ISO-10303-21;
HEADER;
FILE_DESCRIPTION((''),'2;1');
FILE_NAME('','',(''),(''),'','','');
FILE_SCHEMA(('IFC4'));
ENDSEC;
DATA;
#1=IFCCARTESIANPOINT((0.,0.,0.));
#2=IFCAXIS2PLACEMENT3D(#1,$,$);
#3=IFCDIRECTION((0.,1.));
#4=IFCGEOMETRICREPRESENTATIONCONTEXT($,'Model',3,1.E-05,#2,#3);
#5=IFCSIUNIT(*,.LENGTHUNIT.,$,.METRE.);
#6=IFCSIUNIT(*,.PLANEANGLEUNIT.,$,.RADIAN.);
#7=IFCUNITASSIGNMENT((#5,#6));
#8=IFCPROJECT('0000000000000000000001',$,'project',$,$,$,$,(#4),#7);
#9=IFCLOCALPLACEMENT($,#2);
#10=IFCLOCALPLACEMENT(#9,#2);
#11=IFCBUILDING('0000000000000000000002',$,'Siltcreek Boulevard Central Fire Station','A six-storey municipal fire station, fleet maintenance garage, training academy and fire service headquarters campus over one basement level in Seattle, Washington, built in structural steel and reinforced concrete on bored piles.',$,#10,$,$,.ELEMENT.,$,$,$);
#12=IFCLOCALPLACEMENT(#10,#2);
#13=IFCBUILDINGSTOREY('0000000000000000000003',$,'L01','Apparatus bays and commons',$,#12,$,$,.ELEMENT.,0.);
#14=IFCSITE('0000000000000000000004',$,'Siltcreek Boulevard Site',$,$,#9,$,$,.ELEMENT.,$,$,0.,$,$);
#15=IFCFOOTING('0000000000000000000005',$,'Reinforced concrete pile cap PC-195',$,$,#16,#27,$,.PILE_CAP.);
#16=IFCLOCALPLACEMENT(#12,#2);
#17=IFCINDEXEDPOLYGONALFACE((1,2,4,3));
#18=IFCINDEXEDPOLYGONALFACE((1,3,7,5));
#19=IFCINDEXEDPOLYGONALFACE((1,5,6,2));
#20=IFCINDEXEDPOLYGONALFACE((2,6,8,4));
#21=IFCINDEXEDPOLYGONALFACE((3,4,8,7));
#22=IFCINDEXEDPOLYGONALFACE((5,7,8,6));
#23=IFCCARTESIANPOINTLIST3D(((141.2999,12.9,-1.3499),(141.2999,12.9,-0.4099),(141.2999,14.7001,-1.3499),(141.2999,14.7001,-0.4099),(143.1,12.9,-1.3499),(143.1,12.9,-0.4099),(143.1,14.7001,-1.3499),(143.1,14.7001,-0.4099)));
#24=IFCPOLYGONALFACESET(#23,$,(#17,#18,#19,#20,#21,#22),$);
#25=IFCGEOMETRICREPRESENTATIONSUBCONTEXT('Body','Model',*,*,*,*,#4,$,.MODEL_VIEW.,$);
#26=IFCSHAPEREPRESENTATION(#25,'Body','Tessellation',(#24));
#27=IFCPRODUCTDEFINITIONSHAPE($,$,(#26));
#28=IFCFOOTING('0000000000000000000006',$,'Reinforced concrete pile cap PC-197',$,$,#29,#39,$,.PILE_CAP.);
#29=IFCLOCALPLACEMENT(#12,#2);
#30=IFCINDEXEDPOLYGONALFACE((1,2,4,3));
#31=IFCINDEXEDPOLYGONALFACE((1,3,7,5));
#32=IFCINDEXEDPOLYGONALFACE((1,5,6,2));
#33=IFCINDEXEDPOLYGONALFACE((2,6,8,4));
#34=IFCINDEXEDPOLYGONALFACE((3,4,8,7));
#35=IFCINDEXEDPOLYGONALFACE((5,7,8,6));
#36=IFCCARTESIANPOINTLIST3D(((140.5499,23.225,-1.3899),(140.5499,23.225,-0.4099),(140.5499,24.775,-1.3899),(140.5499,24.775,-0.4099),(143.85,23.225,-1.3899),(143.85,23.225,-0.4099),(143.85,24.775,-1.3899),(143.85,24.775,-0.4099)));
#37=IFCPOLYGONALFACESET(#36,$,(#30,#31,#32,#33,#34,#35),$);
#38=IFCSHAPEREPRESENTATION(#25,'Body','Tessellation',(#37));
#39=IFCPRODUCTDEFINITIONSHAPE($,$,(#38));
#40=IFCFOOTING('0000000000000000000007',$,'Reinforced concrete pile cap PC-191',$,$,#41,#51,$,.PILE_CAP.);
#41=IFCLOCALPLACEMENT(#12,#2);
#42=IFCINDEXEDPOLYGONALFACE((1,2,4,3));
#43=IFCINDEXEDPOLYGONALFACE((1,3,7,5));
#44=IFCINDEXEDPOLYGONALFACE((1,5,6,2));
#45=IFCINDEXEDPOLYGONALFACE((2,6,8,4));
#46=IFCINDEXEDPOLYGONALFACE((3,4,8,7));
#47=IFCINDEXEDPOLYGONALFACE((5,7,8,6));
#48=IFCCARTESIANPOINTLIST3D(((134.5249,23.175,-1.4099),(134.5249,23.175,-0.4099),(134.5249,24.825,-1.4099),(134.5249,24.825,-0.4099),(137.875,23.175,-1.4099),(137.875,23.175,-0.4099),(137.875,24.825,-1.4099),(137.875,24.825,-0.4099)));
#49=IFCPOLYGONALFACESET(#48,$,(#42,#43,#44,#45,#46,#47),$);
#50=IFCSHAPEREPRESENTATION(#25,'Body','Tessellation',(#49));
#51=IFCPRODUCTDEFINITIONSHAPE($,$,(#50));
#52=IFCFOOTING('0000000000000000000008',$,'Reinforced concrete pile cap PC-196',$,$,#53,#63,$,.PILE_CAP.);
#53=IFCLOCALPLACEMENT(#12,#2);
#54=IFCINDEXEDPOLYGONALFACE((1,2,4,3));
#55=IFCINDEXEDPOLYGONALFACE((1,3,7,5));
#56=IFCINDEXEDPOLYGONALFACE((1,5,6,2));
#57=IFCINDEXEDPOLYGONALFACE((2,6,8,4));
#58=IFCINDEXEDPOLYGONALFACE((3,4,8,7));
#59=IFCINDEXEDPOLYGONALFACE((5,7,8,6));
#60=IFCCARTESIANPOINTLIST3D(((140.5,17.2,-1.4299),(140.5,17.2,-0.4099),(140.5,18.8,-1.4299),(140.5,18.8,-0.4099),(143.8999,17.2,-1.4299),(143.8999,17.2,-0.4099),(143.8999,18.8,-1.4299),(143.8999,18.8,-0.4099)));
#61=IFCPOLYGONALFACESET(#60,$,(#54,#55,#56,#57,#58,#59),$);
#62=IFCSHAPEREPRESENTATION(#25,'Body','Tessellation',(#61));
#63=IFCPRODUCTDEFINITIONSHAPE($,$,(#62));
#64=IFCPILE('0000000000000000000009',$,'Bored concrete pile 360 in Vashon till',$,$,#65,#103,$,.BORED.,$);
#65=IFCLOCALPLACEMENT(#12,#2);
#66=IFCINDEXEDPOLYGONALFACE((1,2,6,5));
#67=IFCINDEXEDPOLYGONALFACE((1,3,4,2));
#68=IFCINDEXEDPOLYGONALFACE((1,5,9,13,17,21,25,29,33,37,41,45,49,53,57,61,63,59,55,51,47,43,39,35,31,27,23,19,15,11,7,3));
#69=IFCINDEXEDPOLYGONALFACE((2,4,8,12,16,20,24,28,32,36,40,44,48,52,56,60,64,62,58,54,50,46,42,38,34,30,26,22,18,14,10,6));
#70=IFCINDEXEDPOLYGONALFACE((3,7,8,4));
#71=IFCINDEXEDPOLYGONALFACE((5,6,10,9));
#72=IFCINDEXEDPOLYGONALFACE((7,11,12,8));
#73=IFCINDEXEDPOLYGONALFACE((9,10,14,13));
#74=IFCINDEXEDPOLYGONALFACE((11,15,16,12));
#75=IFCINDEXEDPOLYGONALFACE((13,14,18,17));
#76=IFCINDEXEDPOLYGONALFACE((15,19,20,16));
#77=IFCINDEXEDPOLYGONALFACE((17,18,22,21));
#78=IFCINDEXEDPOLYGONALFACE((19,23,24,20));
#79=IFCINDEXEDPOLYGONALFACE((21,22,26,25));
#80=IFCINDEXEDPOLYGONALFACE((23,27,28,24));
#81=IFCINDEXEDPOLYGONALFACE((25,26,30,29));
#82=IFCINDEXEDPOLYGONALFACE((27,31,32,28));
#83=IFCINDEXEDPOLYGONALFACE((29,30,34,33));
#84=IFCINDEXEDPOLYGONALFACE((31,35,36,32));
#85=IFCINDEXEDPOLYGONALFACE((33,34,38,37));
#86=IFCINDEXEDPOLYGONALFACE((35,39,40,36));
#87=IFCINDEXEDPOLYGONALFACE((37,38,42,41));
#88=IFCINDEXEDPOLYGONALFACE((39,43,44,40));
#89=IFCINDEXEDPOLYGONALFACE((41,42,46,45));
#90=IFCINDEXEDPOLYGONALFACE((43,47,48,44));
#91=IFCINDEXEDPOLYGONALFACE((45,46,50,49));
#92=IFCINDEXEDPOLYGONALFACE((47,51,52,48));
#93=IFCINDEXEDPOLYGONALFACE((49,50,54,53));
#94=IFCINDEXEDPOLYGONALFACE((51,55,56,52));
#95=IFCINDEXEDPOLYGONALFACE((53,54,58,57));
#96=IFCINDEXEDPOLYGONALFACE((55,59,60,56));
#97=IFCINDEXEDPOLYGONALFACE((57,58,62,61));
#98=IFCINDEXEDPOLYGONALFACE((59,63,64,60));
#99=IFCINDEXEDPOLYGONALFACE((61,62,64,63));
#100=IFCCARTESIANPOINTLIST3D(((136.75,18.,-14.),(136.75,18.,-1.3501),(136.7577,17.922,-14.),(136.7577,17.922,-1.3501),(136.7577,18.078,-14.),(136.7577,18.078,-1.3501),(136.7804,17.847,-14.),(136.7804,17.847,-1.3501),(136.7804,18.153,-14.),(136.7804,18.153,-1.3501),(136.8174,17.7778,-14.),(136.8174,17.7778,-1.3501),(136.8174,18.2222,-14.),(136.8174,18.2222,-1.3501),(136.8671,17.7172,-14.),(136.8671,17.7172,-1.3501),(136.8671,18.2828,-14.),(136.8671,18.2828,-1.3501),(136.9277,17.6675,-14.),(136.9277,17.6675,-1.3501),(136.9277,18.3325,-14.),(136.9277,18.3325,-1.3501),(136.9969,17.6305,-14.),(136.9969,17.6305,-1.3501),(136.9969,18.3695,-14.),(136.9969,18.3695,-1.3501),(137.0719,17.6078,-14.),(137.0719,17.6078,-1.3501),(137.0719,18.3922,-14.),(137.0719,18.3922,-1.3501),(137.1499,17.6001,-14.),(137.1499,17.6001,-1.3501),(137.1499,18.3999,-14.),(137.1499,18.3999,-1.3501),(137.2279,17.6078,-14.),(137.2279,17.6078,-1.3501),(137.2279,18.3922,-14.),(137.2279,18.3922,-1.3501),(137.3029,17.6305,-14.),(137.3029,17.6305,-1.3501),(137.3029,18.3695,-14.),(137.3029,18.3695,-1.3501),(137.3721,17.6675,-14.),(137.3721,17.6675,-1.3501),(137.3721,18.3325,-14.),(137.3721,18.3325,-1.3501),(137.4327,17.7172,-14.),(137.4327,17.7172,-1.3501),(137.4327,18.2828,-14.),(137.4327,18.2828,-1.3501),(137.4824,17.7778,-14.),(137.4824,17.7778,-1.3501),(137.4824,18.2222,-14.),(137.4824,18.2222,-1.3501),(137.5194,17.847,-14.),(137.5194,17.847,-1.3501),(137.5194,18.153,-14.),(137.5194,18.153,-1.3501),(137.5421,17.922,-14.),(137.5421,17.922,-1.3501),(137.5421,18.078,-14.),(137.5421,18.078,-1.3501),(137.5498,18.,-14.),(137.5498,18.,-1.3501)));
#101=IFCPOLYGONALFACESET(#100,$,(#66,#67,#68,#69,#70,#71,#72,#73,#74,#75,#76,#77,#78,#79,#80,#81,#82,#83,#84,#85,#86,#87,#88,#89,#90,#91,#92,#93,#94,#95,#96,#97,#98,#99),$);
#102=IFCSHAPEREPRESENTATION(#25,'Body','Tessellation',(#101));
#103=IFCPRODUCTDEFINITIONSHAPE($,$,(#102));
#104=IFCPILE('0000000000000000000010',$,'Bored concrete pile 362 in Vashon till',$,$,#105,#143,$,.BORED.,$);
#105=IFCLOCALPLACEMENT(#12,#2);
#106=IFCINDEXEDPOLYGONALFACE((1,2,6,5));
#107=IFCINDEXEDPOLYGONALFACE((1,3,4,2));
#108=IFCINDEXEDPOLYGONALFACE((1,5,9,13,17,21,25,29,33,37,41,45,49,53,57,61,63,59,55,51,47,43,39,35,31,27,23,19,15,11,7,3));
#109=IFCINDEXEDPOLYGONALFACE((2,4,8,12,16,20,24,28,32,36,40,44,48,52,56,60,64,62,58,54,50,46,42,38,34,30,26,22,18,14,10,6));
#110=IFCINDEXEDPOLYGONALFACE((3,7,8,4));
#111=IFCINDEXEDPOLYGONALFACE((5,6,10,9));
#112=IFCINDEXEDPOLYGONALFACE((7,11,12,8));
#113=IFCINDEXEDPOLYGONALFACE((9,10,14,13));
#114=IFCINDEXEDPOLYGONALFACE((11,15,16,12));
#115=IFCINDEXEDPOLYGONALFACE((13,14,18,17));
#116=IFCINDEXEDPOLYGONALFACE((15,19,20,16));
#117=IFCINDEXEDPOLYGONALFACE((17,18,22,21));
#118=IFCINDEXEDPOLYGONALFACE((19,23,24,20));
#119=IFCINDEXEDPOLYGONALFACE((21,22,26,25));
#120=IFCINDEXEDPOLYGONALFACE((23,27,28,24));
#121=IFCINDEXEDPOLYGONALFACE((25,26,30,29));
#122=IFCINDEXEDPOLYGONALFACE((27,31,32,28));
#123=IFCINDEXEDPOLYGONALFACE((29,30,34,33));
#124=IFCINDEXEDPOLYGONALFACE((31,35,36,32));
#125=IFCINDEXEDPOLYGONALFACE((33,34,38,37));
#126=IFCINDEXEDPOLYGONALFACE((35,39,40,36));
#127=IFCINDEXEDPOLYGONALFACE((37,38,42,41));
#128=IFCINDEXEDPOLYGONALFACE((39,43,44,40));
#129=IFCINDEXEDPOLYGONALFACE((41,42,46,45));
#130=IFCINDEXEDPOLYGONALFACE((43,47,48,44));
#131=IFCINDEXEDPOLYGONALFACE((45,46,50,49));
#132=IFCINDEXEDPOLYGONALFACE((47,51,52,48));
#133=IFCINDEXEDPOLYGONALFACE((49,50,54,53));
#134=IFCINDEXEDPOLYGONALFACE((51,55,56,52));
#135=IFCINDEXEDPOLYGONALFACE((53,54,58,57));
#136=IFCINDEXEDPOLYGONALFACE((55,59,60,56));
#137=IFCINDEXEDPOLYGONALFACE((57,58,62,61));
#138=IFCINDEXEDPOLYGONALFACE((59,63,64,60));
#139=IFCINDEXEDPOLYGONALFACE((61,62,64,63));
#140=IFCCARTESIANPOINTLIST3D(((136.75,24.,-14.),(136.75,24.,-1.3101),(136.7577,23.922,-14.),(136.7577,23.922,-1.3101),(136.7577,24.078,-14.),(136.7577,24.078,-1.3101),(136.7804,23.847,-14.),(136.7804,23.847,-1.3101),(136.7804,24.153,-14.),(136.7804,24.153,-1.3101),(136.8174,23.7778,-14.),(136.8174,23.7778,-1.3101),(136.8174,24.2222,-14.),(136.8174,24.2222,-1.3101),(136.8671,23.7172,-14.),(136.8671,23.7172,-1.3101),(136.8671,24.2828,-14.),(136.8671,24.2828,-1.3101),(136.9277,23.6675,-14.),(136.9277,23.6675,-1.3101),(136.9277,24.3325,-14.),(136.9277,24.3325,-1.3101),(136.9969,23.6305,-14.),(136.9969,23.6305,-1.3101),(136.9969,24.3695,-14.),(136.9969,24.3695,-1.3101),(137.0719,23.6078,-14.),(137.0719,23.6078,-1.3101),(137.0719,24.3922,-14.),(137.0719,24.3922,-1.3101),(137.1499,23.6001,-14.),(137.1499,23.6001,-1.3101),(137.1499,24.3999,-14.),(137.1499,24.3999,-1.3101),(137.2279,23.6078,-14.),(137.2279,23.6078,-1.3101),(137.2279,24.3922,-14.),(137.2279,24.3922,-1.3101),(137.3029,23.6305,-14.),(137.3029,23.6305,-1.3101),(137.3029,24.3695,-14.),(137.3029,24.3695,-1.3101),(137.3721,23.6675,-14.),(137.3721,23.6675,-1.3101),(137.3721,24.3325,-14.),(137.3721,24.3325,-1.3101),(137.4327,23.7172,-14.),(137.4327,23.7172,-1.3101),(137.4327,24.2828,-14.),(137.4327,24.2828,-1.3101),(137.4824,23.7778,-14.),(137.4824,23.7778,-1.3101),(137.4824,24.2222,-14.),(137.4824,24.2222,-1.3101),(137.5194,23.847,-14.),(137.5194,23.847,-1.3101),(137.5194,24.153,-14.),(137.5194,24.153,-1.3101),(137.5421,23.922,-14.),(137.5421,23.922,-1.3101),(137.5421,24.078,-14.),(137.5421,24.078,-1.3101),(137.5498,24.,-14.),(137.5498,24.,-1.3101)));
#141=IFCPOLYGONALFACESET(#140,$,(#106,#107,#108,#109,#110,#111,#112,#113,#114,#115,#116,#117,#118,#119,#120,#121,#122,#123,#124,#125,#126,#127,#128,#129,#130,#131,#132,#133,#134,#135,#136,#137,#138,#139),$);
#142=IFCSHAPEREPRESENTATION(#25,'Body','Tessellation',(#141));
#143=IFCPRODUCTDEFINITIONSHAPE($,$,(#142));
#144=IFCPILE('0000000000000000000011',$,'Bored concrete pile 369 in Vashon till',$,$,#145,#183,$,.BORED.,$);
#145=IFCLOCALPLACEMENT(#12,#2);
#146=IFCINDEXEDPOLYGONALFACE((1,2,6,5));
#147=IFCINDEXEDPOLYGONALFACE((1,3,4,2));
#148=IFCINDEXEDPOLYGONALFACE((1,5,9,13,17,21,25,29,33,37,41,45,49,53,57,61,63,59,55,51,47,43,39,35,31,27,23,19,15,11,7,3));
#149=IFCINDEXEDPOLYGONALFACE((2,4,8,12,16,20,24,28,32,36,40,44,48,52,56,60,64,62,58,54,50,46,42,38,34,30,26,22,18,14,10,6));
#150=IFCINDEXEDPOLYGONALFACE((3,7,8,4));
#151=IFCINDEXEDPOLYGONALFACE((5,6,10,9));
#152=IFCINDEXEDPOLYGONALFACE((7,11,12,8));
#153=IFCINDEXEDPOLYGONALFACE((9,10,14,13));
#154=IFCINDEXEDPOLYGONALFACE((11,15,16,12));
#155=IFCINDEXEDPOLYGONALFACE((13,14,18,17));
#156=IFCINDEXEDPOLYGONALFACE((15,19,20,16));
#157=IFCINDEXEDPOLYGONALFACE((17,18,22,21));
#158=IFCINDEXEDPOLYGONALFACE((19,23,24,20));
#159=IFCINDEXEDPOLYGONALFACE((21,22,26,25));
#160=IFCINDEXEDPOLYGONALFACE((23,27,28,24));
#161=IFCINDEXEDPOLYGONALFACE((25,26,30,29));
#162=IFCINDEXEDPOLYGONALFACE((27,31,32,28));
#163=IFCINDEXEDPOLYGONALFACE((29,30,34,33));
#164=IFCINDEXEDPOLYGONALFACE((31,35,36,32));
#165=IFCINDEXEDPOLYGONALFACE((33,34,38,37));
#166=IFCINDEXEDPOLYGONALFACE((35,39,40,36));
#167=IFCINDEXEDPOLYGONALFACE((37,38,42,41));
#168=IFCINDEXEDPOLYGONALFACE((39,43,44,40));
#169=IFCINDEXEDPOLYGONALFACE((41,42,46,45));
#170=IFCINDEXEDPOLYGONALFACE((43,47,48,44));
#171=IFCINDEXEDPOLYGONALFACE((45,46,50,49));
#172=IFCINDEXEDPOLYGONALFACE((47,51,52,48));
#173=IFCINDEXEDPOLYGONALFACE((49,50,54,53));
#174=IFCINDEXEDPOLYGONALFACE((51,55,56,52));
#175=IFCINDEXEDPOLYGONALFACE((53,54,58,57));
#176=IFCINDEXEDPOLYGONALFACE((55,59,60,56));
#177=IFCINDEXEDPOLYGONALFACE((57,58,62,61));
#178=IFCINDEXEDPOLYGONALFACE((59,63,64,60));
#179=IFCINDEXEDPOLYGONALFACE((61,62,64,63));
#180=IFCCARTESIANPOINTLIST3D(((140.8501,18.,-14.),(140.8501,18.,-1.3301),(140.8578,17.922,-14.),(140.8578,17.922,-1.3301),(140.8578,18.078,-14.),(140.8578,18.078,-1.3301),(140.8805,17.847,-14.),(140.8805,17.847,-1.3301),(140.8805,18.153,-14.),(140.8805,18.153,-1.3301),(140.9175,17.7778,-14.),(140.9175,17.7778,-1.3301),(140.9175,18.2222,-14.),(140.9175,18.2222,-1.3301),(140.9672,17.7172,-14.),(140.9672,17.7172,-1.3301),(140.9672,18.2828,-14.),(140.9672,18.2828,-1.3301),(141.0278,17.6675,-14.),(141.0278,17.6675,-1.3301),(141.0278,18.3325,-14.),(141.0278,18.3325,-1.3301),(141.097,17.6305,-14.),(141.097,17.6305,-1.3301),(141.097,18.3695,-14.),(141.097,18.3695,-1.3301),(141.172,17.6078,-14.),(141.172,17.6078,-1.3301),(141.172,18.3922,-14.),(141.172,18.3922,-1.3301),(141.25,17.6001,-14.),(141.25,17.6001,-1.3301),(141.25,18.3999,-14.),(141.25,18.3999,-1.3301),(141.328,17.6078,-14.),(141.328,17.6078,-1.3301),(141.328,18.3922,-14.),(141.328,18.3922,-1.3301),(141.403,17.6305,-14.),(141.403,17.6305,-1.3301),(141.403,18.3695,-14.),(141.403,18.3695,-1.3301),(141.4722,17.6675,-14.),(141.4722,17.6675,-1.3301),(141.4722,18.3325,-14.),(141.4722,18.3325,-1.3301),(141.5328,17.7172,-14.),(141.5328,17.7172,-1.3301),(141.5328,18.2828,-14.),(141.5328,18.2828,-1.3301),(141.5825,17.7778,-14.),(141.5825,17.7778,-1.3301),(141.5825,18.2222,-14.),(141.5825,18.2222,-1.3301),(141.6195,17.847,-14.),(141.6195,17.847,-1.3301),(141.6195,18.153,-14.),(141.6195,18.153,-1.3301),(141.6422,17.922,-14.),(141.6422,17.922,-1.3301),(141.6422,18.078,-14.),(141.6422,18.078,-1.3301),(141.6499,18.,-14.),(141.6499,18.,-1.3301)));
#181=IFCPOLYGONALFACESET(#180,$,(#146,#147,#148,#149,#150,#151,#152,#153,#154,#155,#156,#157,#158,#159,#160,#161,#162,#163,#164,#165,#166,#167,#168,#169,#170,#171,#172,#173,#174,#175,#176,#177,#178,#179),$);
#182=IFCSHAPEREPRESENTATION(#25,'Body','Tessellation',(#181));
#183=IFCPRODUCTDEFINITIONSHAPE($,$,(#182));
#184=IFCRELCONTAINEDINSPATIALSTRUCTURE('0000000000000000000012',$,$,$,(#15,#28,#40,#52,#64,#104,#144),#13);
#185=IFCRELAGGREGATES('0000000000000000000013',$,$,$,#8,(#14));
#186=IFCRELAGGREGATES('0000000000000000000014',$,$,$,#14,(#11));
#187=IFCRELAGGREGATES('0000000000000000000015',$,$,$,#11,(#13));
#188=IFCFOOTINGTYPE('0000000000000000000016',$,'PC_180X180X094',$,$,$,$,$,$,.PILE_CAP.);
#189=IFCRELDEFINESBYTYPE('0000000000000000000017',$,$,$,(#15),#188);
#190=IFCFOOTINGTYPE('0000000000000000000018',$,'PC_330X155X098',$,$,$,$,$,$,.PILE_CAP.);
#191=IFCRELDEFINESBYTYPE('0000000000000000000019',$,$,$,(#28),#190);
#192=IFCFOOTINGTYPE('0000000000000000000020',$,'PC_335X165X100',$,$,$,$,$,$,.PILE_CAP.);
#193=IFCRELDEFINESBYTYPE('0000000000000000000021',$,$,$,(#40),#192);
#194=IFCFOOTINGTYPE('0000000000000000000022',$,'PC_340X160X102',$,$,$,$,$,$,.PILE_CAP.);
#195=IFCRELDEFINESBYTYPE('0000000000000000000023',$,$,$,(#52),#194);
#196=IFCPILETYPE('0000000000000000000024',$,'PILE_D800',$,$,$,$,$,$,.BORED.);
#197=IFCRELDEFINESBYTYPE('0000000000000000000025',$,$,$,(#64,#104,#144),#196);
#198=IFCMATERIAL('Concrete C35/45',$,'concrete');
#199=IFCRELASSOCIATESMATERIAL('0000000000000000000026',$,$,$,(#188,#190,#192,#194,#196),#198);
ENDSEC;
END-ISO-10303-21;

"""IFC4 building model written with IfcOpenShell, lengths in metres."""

from ifc_helpers import new_model, si_unit, direction, frame, origin, origin_2d, place, context, subcontext, project, spatial, rectangle, circle, extrude, material, material_profile, profile_set, type_object, element, save


model = new_model("IFC4")

# Units and contexts
model_context = context("Model", 3, precision=1e-05, world=origin(), true_north=direction((0.0, 1.0)))
body_context = subcontext(model_context, "Body", "Model", "MODEL_VIEW")
ifc_project = project(units=[si_unit("LENGTHUNIT", "METRE"), si_unit("PLANEANGLEUNIT", "RADIAN")], contexts=[model_context])

# Site, building, storey
site_placement = place(None, origin())
site = spatial("IfcSite", under=ifc_project, at=site_placement, Name="Siltcreek Boulevard Site", CompositionType="ELEMENT", RefElevation=0.0)
building_placement = place(site_placement, origin())
building = spatial("IfcBuilding", under=site, at=building_placement, Name="Siltcreek Boulevard Central Fire Station", Description="A six-storey municipal fire station, fleet maintenance garage, training academy and fire service headquarters campus over one basement level in Seattle, Washington, built in structural steel and reinforced concrete on bored piles.", CompositionType="ELEMENT")
storey_placement = place(building_placement, origin())
storey = spatial("IfcBuildingStorey", under=building, at=storey_placement, Name="L01", Description="Apparatus bays and commons", CompositionType="ELEMENT", Elevation=0.0)

# Footings
ifc_material_1 = material(Name="Concrete C35/45", Category="concrete")
footing_type_1 = type_object("IfcFootingType", Name="PC_180X180X094", PredefinedType="PILE_CAP", material=ifc_material_1)
footing_1_placement = place(storey_placement, frame((142.2, 13.8, -1.3499), z_axis=(0.0, 0.0, 1.0), x_axis=(1.0, 0.0, 0.0)))
element("IfcFooting", 1, at=footing_1_placement, inside=storey, type_object=footing_type_1, Name="Reinforced concrete pile cap PC-195", PredefinedType="PILE_CAP", context=body_context, shape_type="SweptSolid", body=[
    extrude(rectangle(XDim=1.8, YDim=1.8, at=origin_2d()), origin(), (0.0, 0.0, 1.0), 0.9399),
])
footing_type_2 = type_object("IfcFootingType", Name="PC_330X155X098", PredefinedType="PILE_CAP", material=ifc_material_1)
footing_2_placement = place(storey_placement, frame((142.2, 24.0, -1.3899), z_axis=(0.0, 0.0, 1.0), x_axis=(1.0, 0.0, 0.0)))
element("IfcFooting", 2, at=footing_2_placement, inside=storey, type_object=footing_type_2, Name="Reinforced concrete pile cap PC-197", PredefinedType="PILE_CAP", context=body_context, shape_type="SweptSolid", body=[
    extrude(rectangle(XDim=3.3, YDim=1.55, at=origin_2d()), origin(), (0.0, 0.0, 1.0), 0.98),
])
footing_type_3 = type_object("IfcFootingType", Name="PC_335X165X100", PredefinedType="PILE_CAP", material=ifc_material_1)
footing_3_placement = place(storey_placement, frame((136.2, 24.0, -1.4099), z_axis=(0.0, 0.0, 1.0), x_axis=(1.0, 0.0, 0.0)))
element("IfcFooting", 3, at=footing_3_placement, inside=storey, type_object=footing_type_3, Name="Reinforced concrete pile cap PC-191", PredefinedType="PILE_CAP", context=body_context, shape_type="SweptSolid", body=[
    extrude(rectangle(XDim=3.3501, YDim=1.6499, at=origin_2d()), origin(), (0.0, 0.0, 1.0), 1.0),
])
footing_type_4 = type_object("IfcFootingType", Name="PC_340X160X102", PredefinedType="PILE_CAP", material=ifc_material_1)
footing_4_placement = place(storey_placement, frame((142.2, 18.0, -1.4299), z_axis=(0.0, 0.0, 1.0), x_axis=(1.0, 0.0, 0.0)))
element("IfcFooting", 4, at=footing_4_placement, inside=storey, type_object=footing_type_4, Name="Reinforced concrete pile cap PC-196", PredefinedType="PILE_CAP", context=body_context, shape_type="SweptSolid", body=[
    extrude(rectangle(XDim=3.3999, YDim=1.6001, at=origin_2d()), origin(), (0.0, 0.0, 1.0), 1.02),
])

# Piles
ifc_material_profile_1 = material_profile(ifc_material_1, circle(Radius=0.3999, at=origin_2d()), Name="SHAFT800")
ifc_profile_set_1 = profile_set([ifc_material_profile_1], Name="Concrete C35/45")
pile_type_1 = type_object("IfcPileType", Name="PILE_D800", PredefinedType="BORED", material=ifc_profile_set_1)
pile_1_placement = place(storey_placement, frame((137.1499, 18.0, -1.3501), z_axis=(0.0, 0.0, -1.0), x_axis=(1.0, 0.0, 0.0)))
element("IfcPile", 5, at=pile_1_placement, inside=storey, type_object=pile_type_1, Name="Bored concrete pile 360 in Vashon till", PredefinedType="BORED", context=body_context, shape_type="SweptSolid", body=[
    extrude(circle(Radius=0.3999, at=origin_2d()), origin(), (0.0, 0.0, 1.0), 12.6499),
])
pile_2_placement = place(storey_placement, frame((137.1499, 24.0, -1.3101), z_axis=(0.0, 0.0, -1.0), x_axis=(1.0, 0.0, 0.0)))
element("IfcPile", 6, at=pile_2_placement, inside=storey, type_object=pile_type_1, Name="Bored concrete pile 362 in Vashon till", PredefinedType="BORED", context=body_context, shape_type="SweptSolid", body=[
    extrude(circle(Radius=0.3999, at=origin_2d()), origin(), (0.0, 0.0, 1.0), 12.6899),
])
for number, where, z_axis, x_axis, name in (
    (7, (141.25, 18.0, -1.3301), (0.0, 0.0, -1.0), (1.0, 0.0, 0.0), "Bored concrete pile 369 in Vashon till"),
):
    element("IfcPile", number, at=place(storey_placement, frame(where, z_axis=z_axis, x_axis=x_axis)), inside=storey, type_object=pile_type_1, Name=name, PredefinedType="BORED", context=body_context, shape_type="SweptSolid", body=[
        extrude(circle(Radius=0.3999, at=origin_2d()), origin(), (0.0, 0.0, 1.0), 12.6699),
    ])

save(model, "model.ifc")
